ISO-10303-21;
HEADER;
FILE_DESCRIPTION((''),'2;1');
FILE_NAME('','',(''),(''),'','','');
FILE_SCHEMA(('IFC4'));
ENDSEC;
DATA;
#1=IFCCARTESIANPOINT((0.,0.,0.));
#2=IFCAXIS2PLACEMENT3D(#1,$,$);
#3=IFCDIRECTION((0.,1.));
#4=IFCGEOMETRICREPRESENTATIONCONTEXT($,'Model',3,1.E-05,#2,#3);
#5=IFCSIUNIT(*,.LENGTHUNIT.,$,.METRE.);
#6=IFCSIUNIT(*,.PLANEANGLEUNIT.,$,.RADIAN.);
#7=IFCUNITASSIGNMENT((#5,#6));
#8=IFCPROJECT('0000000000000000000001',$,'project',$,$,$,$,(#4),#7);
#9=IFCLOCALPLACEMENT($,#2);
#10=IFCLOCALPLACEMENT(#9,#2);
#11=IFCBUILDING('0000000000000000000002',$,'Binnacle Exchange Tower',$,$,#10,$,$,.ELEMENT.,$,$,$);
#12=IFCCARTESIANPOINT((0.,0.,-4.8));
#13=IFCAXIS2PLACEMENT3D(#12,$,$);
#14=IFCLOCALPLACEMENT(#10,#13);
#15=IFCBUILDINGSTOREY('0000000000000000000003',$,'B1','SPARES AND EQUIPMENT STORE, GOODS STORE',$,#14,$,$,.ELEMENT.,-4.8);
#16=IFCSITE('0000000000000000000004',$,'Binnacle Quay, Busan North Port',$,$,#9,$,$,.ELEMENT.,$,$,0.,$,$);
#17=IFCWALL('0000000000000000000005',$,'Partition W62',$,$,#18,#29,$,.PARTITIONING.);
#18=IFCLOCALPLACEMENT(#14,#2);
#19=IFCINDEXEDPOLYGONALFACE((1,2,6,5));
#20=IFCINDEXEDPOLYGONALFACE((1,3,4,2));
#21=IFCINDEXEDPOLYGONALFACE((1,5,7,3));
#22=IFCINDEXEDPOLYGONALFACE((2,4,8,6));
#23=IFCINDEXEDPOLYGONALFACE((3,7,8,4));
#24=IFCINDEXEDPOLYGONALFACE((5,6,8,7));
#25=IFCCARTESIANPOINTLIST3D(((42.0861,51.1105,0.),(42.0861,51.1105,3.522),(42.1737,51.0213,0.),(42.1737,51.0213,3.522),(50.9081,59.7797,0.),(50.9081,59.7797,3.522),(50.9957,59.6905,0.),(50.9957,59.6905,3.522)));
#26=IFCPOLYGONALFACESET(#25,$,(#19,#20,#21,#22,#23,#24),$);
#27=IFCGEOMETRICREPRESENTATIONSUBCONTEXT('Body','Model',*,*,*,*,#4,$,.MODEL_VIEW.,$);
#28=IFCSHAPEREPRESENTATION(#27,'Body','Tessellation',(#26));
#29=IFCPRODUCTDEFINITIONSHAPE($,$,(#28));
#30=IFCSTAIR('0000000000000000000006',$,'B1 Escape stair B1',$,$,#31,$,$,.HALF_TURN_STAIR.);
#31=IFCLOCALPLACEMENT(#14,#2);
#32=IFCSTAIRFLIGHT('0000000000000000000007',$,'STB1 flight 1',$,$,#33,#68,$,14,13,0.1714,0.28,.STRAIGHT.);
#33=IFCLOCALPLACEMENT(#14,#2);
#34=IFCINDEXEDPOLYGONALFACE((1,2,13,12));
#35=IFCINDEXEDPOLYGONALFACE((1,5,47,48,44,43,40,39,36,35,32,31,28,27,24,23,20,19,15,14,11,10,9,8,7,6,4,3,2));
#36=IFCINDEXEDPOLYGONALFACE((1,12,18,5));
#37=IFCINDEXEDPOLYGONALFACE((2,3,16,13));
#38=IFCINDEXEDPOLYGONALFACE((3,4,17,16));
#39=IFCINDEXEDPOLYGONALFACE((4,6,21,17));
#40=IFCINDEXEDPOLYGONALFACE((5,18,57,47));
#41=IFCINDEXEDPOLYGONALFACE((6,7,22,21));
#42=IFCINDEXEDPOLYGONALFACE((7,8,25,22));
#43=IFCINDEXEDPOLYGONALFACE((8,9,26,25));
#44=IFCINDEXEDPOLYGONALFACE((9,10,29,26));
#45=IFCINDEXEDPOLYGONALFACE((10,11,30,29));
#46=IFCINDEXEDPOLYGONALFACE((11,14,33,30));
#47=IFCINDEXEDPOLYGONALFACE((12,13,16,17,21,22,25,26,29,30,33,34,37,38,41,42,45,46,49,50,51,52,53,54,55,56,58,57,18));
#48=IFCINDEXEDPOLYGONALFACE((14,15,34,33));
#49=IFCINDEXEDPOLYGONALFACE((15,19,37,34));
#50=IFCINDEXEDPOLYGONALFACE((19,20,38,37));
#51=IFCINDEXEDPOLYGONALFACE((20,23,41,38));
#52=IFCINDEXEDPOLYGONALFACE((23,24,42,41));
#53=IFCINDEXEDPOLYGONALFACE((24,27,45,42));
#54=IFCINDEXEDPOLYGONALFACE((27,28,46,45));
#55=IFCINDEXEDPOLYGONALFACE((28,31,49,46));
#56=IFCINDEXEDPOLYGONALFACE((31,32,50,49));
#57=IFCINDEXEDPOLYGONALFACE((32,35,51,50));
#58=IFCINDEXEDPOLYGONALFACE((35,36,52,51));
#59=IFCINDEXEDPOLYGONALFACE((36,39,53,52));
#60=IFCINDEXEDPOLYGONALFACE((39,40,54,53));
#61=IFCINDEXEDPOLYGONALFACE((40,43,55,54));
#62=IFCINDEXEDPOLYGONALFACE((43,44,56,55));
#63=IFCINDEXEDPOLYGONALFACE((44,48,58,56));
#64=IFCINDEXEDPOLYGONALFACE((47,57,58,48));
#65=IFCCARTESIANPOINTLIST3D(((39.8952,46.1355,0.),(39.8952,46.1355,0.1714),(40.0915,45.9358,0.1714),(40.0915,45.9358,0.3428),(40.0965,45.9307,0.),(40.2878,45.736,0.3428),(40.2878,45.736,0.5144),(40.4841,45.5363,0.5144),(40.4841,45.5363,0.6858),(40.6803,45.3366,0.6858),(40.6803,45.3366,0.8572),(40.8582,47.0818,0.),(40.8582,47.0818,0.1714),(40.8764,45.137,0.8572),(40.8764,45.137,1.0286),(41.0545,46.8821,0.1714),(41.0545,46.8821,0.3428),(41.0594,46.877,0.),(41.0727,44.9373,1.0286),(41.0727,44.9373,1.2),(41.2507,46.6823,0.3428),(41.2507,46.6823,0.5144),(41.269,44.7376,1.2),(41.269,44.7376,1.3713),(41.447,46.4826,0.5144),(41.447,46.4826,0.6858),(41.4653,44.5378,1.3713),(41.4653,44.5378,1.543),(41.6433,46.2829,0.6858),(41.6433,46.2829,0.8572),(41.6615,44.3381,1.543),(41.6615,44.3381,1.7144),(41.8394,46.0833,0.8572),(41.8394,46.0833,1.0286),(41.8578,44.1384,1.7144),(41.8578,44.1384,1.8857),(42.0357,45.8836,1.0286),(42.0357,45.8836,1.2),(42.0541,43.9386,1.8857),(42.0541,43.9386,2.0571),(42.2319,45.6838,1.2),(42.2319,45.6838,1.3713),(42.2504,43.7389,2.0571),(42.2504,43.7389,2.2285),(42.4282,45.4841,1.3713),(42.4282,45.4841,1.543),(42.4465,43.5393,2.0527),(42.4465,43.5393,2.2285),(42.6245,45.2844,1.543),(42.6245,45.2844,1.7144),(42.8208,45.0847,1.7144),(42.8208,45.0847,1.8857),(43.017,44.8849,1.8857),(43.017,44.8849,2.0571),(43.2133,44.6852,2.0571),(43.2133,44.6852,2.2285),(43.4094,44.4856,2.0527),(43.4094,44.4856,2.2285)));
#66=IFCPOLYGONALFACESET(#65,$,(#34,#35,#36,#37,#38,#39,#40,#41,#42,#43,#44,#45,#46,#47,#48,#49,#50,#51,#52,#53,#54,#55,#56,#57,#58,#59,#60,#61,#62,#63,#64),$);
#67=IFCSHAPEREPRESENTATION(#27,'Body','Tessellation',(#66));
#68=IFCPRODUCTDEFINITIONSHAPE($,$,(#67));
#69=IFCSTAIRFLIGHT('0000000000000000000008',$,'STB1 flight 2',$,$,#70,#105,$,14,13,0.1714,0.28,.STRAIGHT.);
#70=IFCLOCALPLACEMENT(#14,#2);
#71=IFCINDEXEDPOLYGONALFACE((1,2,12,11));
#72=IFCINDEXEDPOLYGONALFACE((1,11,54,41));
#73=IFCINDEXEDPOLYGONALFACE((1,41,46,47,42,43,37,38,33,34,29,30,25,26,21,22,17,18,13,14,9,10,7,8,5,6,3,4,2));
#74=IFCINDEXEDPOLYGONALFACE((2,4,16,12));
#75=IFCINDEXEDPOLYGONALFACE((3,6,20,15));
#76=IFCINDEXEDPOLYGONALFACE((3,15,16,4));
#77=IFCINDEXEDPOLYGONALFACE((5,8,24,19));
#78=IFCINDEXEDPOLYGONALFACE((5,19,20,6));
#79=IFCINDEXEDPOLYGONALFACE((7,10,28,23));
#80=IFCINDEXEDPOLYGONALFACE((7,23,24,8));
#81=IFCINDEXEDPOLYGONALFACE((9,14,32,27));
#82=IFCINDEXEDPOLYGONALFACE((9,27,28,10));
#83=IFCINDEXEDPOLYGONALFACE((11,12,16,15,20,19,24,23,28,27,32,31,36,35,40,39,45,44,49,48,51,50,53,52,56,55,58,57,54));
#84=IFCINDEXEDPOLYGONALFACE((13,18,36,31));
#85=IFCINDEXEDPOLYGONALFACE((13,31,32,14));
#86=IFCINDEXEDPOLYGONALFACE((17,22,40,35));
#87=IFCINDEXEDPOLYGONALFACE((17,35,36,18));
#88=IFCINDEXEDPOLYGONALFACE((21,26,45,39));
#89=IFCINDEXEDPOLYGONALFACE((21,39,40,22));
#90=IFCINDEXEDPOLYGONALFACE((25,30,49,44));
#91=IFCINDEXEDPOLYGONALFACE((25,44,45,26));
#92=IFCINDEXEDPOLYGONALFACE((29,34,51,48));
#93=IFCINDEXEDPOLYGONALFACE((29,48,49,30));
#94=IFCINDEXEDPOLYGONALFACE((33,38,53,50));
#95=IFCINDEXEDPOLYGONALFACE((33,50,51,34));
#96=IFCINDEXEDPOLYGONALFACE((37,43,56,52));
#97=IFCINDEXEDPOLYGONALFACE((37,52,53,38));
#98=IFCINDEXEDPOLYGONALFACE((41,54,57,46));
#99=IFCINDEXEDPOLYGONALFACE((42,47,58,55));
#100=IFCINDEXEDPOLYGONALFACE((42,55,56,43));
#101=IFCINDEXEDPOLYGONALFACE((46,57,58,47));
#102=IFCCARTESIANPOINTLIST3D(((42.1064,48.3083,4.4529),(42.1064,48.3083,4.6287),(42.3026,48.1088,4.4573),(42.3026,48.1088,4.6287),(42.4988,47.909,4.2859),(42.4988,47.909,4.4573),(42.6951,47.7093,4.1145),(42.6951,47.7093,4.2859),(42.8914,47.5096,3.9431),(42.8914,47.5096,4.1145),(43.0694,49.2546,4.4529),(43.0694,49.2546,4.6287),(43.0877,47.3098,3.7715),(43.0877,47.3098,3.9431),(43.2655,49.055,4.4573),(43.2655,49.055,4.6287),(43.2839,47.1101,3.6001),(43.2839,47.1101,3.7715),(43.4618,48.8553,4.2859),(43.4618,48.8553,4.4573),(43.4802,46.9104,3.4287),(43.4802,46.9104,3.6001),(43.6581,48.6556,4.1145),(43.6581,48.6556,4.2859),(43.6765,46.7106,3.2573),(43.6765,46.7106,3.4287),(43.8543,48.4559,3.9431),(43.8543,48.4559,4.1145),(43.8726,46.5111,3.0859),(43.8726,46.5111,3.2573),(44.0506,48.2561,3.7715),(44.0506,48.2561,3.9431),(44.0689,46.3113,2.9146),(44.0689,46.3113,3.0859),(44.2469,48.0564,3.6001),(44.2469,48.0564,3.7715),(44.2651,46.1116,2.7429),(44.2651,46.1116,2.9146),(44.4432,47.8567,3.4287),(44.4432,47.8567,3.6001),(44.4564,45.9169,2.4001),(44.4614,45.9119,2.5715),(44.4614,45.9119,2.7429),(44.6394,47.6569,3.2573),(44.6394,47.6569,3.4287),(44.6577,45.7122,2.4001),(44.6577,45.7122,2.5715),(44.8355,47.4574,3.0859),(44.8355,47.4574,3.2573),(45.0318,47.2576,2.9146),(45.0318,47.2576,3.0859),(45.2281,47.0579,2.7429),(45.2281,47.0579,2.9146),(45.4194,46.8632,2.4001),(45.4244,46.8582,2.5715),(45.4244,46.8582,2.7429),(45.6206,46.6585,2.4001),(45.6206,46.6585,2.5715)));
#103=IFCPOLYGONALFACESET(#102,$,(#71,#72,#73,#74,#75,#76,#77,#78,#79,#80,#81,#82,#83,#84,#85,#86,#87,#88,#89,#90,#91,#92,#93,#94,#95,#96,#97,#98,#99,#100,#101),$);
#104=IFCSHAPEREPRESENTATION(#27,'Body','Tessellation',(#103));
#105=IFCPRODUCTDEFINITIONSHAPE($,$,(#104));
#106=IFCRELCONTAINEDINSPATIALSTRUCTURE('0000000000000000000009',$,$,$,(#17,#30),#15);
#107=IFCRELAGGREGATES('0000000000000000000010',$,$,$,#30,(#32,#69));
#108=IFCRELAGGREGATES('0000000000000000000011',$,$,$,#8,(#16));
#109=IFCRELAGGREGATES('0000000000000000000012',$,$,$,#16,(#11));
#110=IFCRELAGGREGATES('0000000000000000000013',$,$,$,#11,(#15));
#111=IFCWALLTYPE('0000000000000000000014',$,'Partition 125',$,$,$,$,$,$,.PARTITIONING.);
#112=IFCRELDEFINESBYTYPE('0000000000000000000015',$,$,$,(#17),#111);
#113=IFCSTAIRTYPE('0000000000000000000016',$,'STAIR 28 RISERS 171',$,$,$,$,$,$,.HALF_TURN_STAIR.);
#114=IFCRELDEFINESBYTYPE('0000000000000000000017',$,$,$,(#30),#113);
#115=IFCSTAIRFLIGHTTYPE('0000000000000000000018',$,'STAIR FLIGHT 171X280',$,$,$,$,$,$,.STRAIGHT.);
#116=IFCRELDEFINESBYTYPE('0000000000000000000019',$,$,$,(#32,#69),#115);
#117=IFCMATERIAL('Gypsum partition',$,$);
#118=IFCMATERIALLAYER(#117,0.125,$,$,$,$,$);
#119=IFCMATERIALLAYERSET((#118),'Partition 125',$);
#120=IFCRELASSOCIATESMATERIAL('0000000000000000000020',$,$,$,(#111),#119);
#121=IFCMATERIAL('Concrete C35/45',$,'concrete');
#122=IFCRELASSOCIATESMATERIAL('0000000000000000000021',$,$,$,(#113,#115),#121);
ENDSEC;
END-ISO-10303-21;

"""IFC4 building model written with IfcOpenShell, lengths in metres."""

from ifc_helpers import new_model, si_unit, direction, frame, frame_2d, origin, place, context, subcontext, project, spatial, polyline, rectangle, outline, extrude, material, layer, layer_set, type_object, element, aggregate, save


model = new_model("IFC4")

# Units and contexts
model_context = context("Model", 3, precision=1e-05, world=origin(), true_north=direction((0.0, 1.0)))
body_context = subcontext(model_context, "Body", "Model", "MODEL_VIEW")
ifc_project = project(units=[si_unit("LENGTHUNIT", "METRE"), si_unit("PLANEANGLEUNIT", "RADIAN")], contexts=[model_context])

# Site, building, storey
site_placement = place(None, origin())
site = spatial("IfcSite", under=ifc_project, at=site_placement, Name="Binnacle Quay, Busan North Port", CompositionType="ELEMENT", RefElevation=0.0)
building_placement = place(site_placement, origin())
building = spatial("IfcBuilding", under=site, at=building_placement, Name="Binnacle Exchange Tower", CompositionType="ELEMENT")
storey_placement = place(building_placement, frame((0.0, 0.0, -4.8)))
storey = spatial("IfcBuildingStorey", under=building, at=storey_placement, Name="B1", Description="SPARES AND EQUIPMENT STORE, GOODS STORE", CompositionType="ELEMENT", Elevation=-4.8)

# Wall
ifc_material_1 = material(Name="Gypsum partition")
ifc_layer_1 = layer(ifc_material_1, 0.125)
ifc_layer_set_1 = layer_set([ifc_layer_1], Name="Partition 125")
wall_type_1 = type_object("IfcWallType", Name="Partition 125", PredefinedType="PARTITIONING", material=ifc_layer_set_1)
wall_1_placement = place(storey_placement, frame((42.1299, 51.0659, 0.0), z_axis=(0.0, 0.0, 1.0), x_axis=(0.713258, 0.700902, 0.0)))
element("IfcWall", 1, at=wall_1_placement, inside=storey, type_object=wall_type_1, Name="Partition W62", PredefinedType="PARTITIONING", context=body_context, shape_type="SweptSolid", body=[
    extrude(rectangle(XDim=12.3687, YDim=0.125, at=frame_2d((6.1843, 0.0))), origin(), (0.0, 0.0, 1.0), 3.522),
])

# Stair, stair flights
ifc_material_2 = material(Name="Concrete C35/45", Category="concrete")
stair_type = type_object("IfcStairType", Name="STAIR 28 RISERS 171", PredefinedType="HALF_TURN_STAIR", material=ifc_material_2)
stair_placement = place(storey_placement, origin())
stair = element("IfcStair", 2, at=stair_placement, inside=storey, type_object=stair_type, Name="B1 Escape stair B1", PredefinedType="HALF_TURN_STAIR")
stair_flight_type = type_object("IfcStairFlightType", Name="STAIR FLIGHT 171X280", PredefinedType="STRAIGHT", material=ifc_material_2)
stair_flight_1_placement = place(storey_placement, frame((40.3767, 46.6086, 0.0), z_axis=(0.0, 0.0, 1.0), x_axis=(0.700909, -0.71325, 0.0)))
stair_flight_1 = element("IfcStairFlight", 3, at=stair_flight_1_placement, type_object=stair_flight_type, Name="STB1 flight 1", NumberOfRisers=14, NumberOfTreads=13, PredefinedType="STRAIGHT", RiserHeight=0.1714, TreadLength=0.28, context=body_context, shape_type="SweptSolid", body=[
    extrude(outline(polyline([(0.0, 0.0), (0.0, 0.1714), (0.28, 0.1714), (0.28, 0.3428), (0.5601, 0.3428), (0.5601, 0.5144), (0.8401, 0.5144), (0.8401, 0.6858), (1.1201, 0.6858), (1.1201, 0.8572), (1.3999, 0.8572), (1.3999, 1.0286), (1.6799, 1.0286), (1.6799, 1.2), (1.96, 1.2), (1.96, 1.3713), (2.24, 1.3713), (2.24, 1.543), (2.52, 1.543), (2.52, 1.7144), (2.8, 1.7144), (2.8, 1.8857), (3.0801, 1.8857), (3.0801, 2.0571), (3.3601, 2.0571), (3.3601, 2.2285), (3.6399, 2.2285), (3.6399, 2.3999), (3.6399, 2.0527), (0.2871, 0.0), (0.0, 0.0)])), frame((0.0, 0.675, 0.0), z_axis=(0.0, -1.0, 0.0), x_axis=(1.0, 0.0, 0.0)), (0.0, 0.0, 1.0), 1.3501),
])
stair_flight_2_placement = place(storey_placement, frame((45.1392, 46.1853, 2.4001), z_axis=(0.0, 0.0, 1.0), x_axis=(-0.700909, 0.71325, 0.0)))
stair_flight_2 = element("IfcStairFlight", 4, at=stair_flight_2_placement, type_object=stair_flight_type, Name="STB1 flight 2", NumberOfRisers=14, NumberOfTreads=13, PredefinedType="STRAIGHT", RiserHeight=0.1714, TreadLength=0.28, context=body_context, shape_type="SweptSolid", body=[
    extrude(outline(polyline([(0.0, 0.0), (0.0, 0.1714), (0.28, 0.1714), (0.28, 0.3428), (0.5601, 0.3428), (0.5601, 0.5144), (0.8401, 0.5144), (0.8401, 0.6858), (1.1201, 0.6858), (1.1201, 0.8572), (1.3999, 0.8572), (1.3999, 1.0286), (1.6799, 1.0286), (1.6799, 1.2), (1.96, 1.2), (1.96, 1.3713), (2.24, 1.3713), (2.24, 1.543), (2.52, 1.543), (2.52, 1.7144), (2.8, 1.7144), (2.8, 1.8857), (3.0801, 1.8857), (3.0801, 2.0571), (3.3601, 2.0571), (3.3601, 2.2285), (3.6399, 2.2285), (3.6399, 2.3999), (3.6399, 2.0527), (0.2871, 0.0), (0.0, 0.0)])), frame((0.0, 0.675, 0.0), z_axis=(0.0, -1.0, 0.0), x_axis=(1.0, 0.0, 0.0)), (0.0, 0.0, 1.0), 1.3501),
])
aggregate(stair, [stair_flight_1, stair_flight_2])

save(model, "model.ifc")
